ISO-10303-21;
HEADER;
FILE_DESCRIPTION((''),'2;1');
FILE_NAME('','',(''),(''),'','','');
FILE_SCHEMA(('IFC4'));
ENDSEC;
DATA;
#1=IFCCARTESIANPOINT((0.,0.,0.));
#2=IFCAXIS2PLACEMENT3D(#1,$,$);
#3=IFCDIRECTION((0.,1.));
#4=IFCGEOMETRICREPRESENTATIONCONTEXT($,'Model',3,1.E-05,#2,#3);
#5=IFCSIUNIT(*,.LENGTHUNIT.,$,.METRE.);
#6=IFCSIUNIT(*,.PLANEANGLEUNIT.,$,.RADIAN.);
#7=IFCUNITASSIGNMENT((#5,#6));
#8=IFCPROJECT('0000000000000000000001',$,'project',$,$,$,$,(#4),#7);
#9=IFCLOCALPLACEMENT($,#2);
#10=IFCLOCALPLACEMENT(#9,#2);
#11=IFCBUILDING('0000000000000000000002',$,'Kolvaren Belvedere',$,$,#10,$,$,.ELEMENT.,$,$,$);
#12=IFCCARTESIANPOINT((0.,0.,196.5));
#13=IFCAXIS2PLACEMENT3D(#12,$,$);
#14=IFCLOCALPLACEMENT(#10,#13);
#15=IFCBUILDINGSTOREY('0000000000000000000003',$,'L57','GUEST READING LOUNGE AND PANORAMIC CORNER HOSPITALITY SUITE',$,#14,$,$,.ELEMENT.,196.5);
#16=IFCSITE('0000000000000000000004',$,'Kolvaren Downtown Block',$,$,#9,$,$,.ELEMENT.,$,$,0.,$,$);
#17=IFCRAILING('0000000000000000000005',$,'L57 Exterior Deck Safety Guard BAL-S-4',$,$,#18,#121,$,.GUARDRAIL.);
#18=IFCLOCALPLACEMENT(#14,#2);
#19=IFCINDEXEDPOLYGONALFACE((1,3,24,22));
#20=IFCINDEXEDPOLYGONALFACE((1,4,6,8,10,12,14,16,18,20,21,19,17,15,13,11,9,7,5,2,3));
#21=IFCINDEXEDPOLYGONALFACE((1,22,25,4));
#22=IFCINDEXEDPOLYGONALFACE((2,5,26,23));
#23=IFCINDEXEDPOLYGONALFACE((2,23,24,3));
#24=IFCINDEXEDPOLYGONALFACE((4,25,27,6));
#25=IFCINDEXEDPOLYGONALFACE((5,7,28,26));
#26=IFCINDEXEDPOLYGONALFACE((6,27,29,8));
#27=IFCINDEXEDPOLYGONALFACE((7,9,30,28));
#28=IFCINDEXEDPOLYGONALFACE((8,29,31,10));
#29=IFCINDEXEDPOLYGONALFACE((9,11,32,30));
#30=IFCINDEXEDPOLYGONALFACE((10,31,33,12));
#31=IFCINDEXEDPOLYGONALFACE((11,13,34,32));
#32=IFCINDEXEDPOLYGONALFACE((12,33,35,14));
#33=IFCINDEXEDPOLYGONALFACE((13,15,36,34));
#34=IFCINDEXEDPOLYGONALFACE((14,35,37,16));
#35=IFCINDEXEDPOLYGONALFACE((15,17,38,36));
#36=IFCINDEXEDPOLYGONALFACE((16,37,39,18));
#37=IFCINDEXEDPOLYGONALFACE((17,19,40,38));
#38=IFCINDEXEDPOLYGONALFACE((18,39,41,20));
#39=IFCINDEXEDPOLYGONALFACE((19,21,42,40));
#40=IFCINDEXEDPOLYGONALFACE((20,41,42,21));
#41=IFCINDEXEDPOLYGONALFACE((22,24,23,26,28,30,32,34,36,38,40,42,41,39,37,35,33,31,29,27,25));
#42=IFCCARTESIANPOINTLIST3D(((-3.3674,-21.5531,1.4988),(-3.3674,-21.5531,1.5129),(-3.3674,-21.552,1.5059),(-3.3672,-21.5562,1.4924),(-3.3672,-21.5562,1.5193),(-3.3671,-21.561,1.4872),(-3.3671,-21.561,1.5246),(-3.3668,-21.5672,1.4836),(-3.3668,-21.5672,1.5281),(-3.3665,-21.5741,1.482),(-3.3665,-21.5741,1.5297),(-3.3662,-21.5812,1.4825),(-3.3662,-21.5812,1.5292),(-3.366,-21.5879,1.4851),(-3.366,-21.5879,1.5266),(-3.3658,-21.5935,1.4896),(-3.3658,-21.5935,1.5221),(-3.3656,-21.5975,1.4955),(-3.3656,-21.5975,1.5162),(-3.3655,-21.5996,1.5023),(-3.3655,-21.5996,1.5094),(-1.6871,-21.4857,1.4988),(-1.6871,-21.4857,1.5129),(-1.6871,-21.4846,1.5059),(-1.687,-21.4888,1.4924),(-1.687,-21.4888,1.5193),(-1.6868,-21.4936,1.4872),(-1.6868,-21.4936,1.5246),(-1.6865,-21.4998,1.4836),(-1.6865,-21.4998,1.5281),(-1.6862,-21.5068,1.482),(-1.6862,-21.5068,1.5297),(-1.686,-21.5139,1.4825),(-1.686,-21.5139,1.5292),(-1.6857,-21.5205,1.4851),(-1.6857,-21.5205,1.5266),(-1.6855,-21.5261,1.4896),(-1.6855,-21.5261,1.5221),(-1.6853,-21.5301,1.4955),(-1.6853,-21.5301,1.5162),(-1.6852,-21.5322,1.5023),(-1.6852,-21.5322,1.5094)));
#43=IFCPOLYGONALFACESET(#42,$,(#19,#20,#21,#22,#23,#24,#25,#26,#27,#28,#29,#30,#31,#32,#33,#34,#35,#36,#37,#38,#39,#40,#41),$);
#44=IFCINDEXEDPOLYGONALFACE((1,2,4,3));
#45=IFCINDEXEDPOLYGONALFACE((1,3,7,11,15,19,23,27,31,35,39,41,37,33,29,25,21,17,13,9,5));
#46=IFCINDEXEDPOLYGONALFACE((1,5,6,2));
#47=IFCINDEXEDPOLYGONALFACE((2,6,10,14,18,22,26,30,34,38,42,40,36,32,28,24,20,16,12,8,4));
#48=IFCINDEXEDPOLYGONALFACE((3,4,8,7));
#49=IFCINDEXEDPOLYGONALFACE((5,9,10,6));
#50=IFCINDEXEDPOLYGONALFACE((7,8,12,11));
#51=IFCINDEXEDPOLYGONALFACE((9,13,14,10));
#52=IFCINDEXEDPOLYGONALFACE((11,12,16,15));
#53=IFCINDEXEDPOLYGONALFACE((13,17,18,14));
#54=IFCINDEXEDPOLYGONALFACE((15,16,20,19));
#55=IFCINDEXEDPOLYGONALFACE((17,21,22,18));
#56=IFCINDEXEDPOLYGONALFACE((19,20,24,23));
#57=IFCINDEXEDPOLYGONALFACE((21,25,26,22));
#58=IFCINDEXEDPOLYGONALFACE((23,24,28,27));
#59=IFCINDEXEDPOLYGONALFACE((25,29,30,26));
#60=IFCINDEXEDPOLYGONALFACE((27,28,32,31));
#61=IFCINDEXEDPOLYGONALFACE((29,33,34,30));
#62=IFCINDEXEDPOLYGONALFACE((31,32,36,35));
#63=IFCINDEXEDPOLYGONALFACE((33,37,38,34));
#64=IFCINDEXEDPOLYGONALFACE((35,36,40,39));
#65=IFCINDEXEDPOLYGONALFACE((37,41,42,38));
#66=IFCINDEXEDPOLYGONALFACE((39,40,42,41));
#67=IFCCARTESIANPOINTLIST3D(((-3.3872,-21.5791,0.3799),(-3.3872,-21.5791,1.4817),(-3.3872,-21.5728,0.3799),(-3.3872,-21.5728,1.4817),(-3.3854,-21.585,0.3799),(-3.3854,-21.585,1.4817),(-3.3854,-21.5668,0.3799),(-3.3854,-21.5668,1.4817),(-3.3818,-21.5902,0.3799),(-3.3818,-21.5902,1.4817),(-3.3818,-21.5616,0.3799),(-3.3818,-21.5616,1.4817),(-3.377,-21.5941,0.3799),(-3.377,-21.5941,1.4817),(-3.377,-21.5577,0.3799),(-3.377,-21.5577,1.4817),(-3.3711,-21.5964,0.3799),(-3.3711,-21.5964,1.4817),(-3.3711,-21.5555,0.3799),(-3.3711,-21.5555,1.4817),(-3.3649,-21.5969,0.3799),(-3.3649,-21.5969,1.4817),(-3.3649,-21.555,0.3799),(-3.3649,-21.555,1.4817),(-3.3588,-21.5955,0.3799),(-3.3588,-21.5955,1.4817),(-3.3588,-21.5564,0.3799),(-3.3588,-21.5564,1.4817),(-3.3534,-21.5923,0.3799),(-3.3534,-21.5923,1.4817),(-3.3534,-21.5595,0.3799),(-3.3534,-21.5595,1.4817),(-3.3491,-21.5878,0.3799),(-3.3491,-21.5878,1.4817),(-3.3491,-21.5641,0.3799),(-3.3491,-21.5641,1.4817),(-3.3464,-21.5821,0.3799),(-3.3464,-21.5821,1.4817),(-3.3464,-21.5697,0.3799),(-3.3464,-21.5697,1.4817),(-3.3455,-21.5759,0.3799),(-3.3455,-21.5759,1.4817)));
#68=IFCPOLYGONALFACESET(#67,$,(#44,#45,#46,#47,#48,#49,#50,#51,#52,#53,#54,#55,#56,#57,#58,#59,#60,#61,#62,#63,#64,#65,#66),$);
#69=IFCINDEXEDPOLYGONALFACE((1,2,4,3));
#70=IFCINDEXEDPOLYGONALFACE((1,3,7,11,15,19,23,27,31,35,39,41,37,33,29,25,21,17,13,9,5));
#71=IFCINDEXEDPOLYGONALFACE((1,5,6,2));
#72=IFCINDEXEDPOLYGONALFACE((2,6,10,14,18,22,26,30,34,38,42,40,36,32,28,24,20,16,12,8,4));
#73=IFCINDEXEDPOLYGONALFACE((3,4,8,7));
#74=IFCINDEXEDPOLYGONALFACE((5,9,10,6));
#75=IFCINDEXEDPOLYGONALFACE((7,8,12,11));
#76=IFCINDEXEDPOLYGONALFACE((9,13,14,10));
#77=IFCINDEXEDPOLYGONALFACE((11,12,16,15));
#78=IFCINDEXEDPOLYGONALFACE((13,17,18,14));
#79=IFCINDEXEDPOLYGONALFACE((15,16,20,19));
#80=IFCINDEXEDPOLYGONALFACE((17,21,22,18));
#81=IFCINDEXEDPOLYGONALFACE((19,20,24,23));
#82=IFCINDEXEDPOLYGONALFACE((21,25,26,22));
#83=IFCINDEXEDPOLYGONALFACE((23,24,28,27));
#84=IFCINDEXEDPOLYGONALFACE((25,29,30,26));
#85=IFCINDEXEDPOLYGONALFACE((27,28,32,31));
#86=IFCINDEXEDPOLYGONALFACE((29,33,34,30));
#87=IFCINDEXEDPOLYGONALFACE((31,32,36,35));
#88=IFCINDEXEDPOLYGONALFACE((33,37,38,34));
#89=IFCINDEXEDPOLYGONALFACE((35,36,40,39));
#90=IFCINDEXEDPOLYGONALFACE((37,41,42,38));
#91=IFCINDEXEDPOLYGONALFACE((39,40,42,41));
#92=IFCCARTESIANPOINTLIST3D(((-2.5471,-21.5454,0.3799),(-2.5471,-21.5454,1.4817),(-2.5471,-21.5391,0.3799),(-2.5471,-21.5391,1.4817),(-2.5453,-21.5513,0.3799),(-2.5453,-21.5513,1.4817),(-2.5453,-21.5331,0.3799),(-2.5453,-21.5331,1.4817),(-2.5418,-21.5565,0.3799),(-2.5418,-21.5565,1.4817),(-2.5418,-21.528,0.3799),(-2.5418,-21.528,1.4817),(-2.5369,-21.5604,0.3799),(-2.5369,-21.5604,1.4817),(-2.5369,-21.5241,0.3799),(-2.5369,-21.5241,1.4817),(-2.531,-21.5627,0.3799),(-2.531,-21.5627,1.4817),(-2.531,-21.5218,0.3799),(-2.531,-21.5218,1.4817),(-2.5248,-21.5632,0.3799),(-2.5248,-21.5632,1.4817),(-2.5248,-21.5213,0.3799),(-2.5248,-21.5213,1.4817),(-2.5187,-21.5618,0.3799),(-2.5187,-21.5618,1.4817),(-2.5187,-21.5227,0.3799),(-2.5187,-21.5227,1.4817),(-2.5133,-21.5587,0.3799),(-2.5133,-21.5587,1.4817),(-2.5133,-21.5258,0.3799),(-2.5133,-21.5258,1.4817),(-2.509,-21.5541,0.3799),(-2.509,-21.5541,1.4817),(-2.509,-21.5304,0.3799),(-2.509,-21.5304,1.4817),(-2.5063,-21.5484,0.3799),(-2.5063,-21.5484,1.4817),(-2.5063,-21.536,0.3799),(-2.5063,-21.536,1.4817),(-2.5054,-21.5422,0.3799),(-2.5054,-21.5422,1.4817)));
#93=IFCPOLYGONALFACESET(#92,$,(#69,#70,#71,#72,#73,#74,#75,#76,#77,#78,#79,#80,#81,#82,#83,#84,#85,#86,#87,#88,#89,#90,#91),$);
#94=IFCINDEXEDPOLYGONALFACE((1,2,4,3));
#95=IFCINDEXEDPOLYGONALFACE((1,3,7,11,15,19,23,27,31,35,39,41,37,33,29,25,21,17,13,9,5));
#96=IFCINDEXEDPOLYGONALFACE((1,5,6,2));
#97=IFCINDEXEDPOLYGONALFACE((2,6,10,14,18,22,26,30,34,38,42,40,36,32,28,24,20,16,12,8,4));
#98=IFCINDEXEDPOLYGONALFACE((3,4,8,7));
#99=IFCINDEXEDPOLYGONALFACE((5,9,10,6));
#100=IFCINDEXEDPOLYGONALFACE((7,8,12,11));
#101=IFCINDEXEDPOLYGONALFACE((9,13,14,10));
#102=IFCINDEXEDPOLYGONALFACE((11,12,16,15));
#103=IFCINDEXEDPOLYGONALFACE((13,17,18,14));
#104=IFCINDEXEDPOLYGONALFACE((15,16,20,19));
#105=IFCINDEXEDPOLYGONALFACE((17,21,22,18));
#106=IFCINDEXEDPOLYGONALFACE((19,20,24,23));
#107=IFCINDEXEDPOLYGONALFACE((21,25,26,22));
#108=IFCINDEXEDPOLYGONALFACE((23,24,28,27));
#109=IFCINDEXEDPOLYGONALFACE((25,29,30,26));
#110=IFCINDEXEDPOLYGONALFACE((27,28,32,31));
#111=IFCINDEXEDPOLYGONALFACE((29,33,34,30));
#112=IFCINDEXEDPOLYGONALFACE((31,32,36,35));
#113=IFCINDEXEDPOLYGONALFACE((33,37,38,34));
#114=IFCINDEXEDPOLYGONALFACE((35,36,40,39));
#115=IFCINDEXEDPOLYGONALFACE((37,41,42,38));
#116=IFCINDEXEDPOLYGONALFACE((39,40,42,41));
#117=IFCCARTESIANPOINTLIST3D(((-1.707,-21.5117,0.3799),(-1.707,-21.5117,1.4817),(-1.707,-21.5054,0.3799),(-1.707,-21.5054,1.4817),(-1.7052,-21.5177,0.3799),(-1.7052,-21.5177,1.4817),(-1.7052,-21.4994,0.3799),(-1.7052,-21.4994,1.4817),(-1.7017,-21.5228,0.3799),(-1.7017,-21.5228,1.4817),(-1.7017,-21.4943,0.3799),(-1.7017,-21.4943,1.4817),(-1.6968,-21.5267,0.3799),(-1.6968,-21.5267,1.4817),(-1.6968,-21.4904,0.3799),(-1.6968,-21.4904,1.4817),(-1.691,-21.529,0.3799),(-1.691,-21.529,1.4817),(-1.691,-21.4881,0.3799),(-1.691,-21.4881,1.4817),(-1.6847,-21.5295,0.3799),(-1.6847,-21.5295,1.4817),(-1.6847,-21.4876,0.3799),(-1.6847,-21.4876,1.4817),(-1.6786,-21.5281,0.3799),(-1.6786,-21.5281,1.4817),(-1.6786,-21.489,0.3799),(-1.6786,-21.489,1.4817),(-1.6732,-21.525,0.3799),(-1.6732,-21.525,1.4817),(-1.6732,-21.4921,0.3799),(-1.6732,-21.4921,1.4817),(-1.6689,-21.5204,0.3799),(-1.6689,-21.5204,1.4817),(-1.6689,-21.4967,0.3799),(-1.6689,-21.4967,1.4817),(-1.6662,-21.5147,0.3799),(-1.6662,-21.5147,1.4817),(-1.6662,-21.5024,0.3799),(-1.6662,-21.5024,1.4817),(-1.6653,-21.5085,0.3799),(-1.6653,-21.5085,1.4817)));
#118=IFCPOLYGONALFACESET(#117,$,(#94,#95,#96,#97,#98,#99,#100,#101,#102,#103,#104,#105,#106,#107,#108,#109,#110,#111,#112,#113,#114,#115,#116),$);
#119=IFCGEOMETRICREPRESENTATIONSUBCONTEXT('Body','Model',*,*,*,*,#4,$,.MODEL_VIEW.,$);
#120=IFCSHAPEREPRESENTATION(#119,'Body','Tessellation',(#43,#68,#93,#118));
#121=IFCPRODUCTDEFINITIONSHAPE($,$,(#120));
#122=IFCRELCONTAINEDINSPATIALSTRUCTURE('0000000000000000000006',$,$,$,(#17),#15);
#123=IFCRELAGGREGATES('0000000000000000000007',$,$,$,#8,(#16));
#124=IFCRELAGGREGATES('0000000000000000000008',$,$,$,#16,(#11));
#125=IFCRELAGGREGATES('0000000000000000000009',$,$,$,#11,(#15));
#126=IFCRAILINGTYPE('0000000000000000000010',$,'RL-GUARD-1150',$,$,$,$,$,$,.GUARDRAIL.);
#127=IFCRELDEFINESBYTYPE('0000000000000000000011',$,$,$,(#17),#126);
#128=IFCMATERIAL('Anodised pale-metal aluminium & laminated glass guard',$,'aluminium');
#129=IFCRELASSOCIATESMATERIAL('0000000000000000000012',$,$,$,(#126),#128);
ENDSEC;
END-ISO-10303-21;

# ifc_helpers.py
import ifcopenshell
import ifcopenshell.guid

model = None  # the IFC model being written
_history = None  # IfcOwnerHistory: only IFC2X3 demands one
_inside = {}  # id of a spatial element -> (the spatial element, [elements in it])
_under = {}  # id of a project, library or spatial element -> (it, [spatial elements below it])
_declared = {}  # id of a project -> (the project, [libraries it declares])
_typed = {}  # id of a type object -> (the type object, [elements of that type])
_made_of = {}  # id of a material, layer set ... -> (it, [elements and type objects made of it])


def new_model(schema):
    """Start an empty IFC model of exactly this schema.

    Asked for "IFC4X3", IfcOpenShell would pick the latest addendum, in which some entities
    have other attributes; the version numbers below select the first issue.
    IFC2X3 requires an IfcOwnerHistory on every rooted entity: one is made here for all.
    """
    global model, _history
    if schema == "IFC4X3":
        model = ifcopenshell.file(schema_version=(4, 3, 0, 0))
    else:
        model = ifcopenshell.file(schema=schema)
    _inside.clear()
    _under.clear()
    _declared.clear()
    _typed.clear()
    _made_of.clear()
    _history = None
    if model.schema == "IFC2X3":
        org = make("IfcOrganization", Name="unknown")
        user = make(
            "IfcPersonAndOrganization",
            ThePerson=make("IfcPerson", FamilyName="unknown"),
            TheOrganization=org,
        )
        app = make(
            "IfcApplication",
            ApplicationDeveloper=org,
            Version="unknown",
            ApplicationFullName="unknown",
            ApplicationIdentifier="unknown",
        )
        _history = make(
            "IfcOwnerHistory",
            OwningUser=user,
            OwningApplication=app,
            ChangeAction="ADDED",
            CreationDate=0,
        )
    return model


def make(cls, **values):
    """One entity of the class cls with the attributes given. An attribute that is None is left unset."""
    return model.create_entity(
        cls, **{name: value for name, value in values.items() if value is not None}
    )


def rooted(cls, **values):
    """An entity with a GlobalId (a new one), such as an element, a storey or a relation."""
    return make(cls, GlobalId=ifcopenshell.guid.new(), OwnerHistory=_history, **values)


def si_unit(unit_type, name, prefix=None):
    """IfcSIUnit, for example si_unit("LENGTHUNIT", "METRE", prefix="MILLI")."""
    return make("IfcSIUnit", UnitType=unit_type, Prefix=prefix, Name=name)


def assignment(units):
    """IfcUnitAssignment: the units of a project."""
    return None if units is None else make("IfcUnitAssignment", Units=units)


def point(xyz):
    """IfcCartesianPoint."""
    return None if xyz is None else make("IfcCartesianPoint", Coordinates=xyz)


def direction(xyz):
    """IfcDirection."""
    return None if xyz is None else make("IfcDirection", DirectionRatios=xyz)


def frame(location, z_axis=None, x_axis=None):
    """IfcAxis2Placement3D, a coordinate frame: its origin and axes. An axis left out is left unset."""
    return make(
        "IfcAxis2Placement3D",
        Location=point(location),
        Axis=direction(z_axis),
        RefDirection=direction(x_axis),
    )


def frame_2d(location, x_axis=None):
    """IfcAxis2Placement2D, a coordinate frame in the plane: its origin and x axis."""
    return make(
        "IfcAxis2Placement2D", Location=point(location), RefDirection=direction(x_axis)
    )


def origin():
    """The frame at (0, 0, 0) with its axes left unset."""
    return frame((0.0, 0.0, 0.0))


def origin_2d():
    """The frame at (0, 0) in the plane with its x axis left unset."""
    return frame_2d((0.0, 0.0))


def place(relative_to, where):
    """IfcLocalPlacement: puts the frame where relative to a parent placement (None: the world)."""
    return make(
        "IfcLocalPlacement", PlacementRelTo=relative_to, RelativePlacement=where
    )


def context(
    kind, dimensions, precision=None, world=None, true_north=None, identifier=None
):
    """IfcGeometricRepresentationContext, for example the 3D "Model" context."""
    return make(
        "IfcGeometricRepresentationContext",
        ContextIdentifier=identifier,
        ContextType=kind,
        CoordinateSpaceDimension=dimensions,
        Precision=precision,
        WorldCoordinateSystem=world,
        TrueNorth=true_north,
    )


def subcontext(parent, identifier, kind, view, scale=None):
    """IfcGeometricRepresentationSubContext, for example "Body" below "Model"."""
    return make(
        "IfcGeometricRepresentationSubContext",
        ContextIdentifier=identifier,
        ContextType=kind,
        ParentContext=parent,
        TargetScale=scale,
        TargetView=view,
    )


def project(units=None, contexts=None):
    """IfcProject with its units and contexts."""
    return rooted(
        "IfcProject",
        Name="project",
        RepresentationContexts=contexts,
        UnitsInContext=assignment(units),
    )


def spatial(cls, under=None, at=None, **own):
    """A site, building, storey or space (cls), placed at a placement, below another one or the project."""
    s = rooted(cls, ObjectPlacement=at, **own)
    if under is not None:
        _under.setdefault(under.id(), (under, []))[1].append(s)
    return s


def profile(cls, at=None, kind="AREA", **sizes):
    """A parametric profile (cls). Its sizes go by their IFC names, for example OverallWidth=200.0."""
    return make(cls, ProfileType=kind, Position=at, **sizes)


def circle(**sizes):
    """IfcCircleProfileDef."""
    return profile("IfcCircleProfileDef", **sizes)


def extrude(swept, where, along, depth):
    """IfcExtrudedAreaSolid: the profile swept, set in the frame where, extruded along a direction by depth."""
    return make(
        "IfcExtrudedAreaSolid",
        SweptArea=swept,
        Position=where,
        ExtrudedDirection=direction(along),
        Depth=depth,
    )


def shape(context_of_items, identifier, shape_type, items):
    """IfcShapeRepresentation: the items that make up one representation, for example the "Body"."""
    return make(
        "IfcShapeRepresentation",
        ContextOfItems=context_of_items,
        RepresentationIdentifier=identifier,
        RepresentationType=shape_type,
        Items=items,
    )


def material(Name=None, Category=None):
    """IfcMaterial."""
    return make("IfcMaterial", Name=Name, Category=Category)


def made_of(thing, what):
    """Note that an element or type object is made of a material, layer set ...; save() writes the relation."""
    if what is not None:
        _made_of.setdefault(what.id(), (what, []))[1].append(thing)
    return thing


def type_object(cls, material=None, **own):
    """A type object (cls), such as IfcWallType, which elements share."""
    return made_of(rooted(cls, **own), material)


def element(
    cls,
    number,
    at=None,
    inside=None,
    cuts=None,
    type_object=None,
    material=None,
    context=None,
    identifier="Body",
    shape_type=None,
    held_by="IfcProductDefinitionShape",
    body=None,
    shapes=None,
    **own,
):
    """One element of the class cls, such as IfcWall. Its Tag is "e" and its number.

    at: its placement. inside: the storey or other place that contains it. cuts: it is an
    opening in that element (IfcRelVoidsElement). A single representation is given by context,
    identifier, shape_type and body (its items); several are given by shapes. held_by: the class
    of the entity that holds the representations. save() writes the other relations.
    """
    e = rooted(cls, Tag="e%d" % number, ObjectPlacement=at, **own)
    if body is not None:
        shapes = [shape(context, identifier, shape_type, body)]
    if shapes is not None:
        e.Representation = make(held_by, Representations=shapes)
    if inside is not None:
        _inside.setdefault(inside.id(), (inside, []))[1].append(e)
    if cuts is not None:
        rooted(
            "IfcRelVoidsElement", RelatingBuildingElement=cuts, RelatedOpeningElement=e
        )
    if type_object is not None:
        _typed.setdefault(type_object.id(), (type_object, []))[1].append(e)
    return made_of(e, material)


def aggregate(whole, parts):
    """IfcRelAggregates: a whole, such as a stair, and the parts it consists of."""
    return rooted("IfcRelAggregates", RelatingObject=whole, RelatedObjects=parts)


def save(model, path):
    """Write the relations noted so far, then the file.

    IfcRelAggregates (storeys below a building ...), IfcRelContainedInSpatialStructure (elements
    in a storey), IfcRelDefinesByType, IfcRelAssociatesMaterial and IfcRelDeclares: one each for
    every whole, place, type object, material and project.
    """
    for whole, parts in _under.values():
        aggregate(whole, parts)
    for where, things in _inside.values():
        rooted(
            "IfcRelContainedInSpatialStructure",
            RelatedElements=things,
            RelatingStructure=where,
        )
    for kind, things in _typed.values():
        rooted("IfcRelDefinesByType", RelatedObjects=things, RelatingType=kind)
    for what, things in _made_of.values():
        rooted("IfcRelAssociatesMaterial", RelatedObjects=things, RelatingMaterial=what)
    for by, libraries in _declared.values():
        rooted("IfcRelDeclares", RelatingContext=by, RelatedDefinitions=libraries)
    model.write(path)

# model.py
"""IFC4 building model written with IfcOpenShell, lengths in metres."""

from ifc_helpers import new_model, si_unit, direction, frame, origin, origin_2d, place, context, subcontext, project, spatial, circle, extrude, material, type_object, element, save


model = new_model("IFC4")

# Units and contexts
model_context = context("Model", 3, precision=1e-05, world=origin(), true_north=direction((0.0, 1.0)))
body_context = subcontext(model_context, "Body", "Model", "MODEL_VIEW")
ifc_project = project(units=[si_unit("LENGTHUNIT", "METRE"), si_unit("PLANEANGLEUNIT", "RADIAN")], contexts=[model_context])

# Site, building, storey
site_placement = place(None, origin())
site = spatial("IfcSite", under=ifc_project, at=site_placement, Name="Kolvaren Downtown Block", CompositionType="ELEMENT", RefElevation=0.0)
building_placement = place(site_placement, origin())
building = spatial("IfcBuilding", under=site, at=building_placement, Name="Kolvaren Belvedere", CompositionType="ELEMENT")
storey_placement = place(building_placement, frame((0.0, 0.0, 196.5)))
storey = spatial("IfcBuildingStorey", under=building, at=storey_placement, Name="L57", Description="GUEST READING LOUNGE AND PANORAMIC CORNER HOSPITALITY SUITE", CompositionType="ELEMENT", Elevation=196.5)

# Railing
ifc_material_1 = material(Name="Anodised pale-metal aluminium & laminated glass guard", Category="aluminium")
railing_type = type_object("IfcRailingType", Name="RL-GUARD-1150", PredefinedType="GUARDRAIL", material=ifc_material_1)
railing_1_placement = place(storey_placement, frame((-3.3665, -21.5759, 0.3799)))
element("IfcRailing", 1, at=railing_1_placement, inside=storey, type_object=railing_type, Name="L57 Exterior Deck Safety Guard BAL-S-4", PredefinedType="GUARDRAIL", context=body_context, shape_type="SweptSolid", body=[
    extrude(circle(Radius=0.0239, at=origin_2d()), frame((0.0, 0.0, 1.126), z_axis=(0.999197, 0.040072, 0.0), x_axis=(-0.040072, 0.999197, 0.0)), (0.0, 0.0, 1.0), 1.6816),
    extrude(circle(Radius=0.021, at=origin_2d()), origin(), (0.0, 0.0, 1.0), 1.1018),
    extrude(circle(Radius=0.021, at=origin_2d()), frame((0.8401, 0.0337, 0.0)), (0.0, 0.0, 1.0), 1.1018),
    extrude(circle(Radius=0.021, at=origin_2d()), frame((1.6802, 0.0674, 0.0)), (0.0, 0.0, 1.0), 1.1018),
])

save(model, "model.ifc")
